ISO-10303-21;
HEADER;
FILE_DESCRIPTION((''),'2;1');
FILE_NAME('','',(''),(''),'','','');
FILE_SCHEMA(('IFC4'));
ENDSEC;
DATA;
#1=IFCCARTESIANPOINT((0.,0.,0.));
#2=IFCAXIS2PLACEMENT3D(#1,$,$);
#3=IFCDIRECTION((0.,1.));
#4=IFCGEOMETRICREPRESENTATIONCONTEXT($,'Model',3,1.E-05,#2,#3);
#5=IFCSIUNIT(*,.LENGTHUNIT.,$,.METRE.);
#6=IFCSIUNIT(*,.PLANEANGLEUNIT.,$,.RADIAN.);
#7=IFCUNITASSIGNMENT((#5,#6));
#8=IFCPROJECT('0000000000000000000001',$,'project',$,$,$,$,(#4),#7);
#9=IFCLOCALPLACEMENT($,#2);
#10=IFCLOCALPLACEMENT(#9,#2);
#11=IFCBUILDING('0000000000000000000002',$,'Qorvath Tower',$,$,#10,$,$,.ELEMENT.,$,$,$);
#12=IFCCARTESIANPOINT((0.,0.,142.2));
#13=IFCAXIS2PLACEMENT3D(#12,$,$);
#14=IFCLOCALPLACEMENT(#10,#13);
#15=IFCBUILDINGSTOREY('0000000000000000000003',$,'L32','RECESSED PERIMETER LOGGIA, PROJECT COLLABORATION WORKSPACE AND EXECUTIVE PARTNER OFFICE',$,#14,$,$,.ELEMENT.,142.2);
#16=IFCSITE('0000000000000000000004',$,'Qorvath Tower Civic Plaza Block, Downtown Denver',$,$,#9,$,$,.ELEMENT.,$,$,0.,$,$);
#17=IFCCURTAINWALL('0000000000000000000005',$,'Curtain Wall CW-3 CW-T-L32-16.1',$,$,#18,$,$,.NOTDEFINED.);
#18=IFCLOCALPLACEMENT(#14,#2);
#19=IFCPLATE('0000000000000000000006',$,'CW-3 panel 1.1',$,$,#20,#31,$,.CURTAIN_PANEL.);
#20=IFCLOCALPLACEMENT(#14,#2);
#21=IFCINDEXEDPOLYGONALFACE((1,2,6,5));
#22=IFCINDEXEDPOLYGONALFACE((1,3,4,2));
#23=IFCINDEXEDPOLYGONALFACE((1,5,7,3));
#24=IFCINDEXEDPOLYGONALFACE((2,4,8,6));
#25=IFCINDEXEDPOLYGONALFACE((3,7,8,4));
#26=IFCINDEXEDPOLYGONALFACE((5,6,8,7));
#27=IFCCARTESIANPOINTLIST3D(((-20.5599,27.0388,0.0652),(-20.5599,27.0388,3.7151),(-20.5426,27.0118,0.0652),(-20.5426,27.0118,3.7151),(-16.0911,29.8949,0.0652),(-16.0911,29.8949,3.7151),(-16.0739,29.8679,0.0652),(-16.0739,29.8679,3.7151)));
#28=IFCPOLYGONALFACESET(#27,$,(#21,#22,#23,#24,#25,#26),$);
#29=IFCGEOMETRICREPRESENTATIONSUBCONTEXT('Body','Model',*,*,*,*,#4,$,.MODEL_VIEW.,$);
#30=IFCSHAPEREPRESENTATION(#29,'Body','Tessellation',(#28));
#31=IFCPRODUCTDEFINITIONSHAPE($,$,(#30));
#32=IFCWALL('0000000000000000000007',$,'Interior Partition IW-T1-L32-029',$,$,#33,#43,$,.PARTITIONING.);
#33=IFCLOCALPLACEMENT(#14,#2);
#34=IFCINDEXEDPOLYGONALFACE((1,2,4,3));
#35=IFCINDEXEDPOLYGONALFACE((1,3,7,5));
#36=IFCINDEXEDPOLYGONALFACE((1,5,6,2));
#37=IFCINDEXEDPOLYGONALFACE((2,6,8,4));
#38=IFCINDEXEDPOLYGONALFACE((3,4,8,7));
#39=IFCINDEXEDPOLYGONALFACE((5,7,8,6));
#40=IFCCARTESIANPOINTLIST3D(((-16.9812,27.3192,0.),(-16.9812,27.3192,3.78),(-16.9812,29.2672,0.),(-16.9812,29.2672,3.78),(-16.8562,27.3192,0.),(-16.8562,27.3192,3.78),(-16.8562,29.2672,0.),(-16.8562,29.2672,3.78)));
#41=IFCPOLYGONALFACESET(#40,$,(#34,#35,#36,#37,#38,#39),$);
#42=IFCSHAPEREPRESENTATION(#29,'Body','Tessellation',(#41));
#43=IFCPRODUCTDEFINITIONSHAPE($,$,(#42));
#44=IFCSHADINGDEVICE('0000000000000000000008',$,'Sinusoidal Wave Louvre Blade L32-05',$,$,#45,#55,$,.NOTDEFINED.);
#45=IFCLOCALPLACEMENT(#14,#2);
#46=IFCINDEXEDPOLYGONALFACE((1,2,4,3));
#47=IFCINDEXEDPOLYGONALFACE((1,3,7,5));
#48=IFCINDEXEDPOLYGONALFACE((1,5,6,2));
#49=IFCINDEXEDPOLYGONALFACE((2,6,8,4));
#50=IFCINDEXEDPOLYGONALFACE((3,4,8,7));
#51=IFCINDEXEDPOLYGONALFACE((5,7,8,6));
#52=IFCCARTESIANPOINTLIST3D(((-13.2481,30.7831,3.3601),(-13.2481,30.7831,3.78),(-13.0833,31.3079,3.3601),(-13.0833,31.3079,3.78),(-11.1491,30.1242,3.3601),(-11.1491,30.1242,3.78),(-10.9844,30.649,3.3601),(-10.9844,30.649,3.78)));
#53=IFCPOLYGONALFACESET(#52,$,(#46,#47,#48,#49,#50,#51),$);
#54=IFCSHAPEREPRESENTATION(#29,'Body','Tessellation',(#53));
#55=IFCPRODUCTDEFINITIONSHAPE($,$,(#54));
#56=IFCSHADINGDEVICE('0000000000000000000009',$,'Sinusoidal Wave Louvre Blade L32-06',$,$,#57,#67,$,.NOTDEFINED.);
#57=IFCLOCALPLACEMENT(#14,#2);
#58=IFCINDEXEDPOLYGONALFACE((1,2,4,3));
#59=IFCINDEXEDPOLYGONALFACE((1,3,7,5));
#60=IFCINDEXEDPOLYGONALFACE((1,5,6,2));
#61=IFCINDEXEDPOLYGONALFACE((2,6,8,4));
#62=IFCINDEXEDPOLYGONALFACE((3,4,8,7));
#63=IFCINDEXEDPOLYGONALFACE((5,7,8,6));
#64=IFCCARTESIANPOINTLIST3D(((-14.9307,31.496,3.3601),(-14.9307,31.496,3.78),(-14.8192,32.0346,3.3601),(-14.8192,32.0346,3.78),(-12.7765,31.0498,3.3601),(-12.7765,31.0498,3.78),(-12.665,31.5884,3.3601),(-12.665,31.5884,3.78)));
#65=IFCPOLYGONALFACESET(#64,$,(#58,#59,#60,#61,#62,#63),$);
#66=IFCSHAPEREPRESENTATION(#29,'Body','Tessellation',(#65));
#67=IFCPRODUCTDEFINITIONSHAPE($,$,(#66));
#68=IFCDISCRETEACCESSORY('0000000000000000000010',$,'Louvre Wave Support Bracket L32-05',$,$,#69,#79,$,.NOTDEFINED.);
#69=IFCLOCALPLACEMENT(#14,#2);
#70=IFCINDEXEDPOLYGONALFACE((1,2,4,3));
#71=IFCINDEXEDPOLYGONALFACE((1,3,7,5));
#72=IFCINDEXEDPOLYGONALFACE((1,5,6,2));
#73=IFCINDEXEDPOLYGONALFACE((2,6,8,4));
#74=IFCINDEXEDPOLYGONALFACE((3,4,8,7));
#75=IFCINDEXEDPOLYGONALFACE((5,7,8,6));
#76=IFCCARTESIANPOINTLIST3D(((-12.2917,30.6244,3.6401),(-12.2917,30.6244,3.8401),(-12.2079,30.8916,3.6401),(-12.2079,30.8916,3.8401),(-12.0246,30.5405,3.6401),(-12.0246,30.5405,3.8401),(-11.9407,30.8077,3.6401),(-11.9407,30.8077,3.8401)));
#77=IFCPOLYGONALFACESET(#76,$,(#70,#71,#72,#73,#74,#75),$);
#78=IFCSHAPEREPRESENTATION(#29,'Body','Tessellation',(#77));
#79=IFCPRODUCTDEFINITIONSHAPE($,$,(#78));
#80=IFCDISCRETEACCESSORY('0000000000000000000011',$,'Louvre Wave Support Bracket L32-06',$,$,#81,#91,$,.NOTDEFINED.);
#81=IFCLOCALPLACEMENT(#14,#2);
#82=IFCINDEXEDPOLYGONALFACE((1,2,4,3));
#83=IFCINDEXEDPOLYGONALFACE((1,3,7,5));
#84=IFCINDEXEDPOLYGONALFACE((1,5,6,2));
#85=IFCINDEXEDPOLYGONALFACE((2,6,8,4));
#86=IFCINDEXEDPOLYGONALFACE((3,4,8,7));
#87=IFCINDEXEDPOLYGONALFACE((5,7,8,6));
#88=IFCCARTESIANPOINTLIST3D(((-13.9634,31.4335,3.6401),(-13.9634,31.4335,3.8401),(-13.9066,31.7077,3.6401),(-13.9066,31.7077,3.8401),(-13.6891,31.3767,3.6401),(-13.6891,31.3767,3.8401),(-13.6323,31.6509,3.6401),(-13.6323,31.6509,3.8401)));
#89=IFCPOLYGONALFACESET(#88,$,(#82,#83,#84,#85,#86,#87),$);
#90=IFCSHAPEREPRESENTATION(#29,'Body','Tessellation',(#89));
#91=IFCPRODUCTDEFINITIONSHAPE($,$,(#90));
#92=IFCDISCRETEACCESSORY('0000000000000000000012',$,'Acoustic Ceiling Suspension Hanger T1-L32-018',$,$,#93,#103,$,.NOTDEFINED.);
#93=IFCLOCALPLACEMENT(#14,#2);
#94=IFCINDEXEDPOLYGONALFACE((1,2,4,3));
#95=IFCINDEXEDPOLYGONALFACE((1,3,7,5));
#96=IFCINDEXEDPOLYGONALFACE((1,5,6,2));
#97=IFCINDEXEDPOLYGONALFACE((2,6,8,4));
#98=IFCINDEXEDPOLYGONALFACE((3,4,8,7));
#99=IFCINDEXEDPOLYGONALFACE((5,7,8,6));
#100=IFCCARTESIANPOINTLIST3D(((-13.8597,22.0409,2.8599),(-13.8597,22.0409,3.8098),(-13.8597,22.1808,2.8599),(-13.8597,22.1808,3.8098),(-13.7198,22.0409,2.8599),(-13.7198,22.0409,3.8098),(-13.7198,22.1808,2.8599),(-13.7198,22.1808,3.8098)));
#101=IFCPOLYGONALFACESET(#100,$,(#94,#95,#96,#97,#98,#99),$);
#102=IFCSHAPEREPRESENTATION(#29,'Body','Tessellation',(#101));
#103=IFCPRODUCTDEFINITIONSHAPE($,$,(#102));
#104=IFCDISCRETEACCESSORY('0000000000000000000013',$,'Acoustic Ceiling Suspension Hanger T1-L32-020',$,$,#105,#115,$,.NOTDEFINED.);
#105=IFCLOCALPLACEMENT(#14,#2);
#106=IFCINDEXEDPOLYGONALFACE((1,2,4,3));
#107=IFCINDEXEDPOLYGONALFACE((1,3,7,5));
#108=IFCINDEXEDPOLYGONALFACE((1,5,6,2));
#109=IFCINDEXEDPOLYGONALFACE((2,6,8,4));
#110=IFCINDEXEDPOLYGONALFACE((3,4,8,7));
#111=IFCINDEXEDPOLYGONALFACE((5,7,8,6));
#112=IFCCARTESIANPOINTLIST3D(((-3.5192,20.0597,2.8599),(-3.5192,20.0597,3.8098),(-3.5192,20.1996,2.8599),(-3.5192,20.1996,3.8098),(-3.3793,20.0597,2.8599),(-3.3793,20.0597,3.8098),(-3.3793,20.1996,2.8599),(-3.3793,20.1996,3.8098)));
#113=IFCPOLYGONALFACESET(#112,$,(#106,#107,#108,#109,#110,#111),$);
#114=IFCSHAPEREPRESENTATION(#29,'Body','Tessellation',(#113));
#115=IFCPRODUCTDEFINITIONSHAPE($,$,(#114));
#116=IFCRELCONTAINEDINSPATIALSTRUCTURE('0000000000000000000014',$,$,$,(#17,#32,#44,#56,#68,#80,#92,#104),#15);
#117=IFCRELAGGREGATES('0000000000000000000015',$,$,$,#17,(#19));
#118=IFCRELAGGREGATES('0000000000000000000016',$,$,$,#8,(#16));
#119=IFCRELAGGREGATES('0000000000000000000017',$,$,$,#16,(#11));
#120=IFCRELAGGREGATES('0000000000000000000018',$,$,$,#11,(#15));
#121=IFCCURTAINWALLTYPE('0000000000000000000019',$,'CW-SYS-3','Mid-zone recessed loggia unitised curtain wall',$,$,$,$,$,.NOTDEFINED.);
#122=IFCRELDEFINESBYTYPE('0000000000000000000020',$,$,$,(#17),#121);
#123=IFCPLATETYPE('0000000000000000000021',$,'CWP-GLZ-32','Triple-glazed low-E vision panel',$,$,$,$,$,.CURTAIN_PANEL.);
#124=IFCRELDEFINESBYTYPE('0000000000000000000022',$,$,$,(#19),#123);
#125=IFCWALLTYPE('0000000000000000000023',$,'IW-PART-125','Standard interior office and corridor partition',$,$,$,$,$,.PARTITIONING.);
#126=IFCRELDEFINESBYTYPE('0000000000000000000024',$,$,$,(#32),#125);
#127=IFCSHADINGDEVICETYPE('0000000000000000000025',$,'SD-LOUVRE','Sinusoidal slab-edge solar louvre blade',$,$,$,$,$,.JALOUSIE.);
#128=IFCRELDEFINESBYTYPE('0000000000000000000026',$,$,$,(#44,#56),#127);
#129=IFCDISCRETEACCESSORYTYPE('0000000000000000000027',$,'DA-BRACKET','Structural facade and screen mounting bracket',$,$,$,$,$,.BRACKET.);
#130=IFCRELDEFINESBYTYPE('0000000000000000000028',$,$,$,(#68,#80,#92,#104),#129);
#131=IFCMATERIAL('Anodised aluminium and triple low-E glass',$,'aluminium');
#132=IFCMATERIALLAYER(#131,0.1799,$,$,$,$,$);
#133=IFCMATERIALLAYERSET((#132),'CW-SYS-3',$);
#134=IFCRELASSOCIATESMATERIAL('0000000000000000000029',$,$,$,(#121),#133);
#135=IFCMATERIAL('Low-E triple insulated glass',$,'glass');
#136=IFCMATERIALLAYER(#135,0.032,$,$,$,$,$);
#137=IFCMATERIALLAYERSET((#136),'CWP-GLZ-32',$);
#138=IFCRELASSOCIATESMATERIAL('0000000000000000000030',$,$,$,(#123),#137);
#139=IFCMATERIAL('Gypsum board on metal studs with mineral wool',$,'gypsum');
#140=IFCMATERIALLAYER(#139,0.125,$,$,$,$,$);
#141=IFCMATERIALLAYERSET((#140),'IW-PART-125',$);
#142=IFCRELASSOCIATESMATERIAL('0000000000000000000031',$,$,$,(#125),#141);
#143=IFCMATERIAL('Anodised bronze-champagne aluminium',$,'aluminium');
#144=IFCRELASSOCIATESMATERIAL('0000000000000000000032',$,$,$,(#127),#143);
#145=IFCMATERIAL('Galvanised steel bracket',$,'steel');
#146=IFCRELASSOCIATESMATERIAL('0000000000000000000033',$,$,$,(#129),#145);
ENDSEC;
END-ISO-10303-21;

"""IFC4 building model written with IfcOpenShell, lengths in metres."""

from ifc_helpers import new_model, si_unit, direction, frame, frame_2d, origin, origin_2d, place, context, subcontext, project, spatial, rectangle, extrude, material, layer, layer_set, type_object, element, aggregate, save


model = new_model("IFC4")

# Units and contexts
model_context = context("Model", 3, precision=1e-05, world=origin(), true_north=direction((0.0, 1.0)))
body_context = subcontext(model_context, "Body", "Model", "MODEL_VIEW")
ifc_project = project(units=[si_unit("LENGTHUNIT", "METRE"), si_unit("PLANEANGLEUNIT", "RADIAN")], contexts=[model_context])

# Site, building, storey
site_placement = place(None, origin())
site = spatial("IfcSite", under=ifc_project, at=site_placement, Name="Qorvath Tower Civic Plaza Block, Downtown Denver", CompositionType="ELEMENT", RefElevation=0.0)
building_placement = place(site_placement, origin())
building = spatial("IfcBuilding", under=site, at=building_placement, Name="Qorvath Tower", CompositionType="ELEMENT")
storey_placement = place(building_placement, frame((0.0, 0.0, 142.2)))
storey = spatial("IfcBuildingStorey", under=building, at=storey_placement, Name="L32", Description="RECESSED PERIMETER LOGGIA, PROJECT COLLABORATION WORKSPACE AND EXECUTIVE PARTNER OFFICE", CompositionType="ELEMENT", Elevation=142.2)

# Shared definitions
ifc_material_1 = material(Name="Anodised aluminium and triple low-E glass", Category="aluminium")
ifc_layer_1 = layer(ifc_material_1, 0.1799)
ifc_layer_set_1 = layer_set([ifc_layer_1], Name="CW-SYS-3")
curtain_wall_type = type_object("IfcCurtainWallType", Name="CW-SYS-3", Description="Mid-zone recessed loggia unitised curtain wall", PredefinedType="NOTDEFINED", material=ifc_layer_set_1)

# Curtain wall
curtain_wall_1_placement = place(storey_placement, origin())
curtain_wall_1 = element("IfcCurtainWall", 1, at=curtain_wall_1_placement, inside=storey, type_object=curtain_wall_type, Name="Curtain Wall CW-3 CW-T-L32-16.1", PredefinedType="NOTDEFINED")

# Plate
ifc_material_2 = material(Name="Low-E triple insulated glass", Category="glass")
ifc_layer_2 = layer(ifc_material_2, 0.032)
ifc_layer_set_2 = layer_set([ifc_layer_2], Name="CWP-GLZ-32")
plate_type = type_object("IfcPlateType", Name="CWP-GLZ-32", Description="Triple-glazed low-E vision panel", PredefinedType="CURTAIN_PANEL", material=ifc_layer_set_2)
plate_1_placement = place(storey_placement, frame((-18.3169, 28.4534, 0.0652), z_axis=(0.0, 0.0, 1.0), x_axis=(-0.842604, -0.538533, 0.0)))
plate_1 = element("IfcPlate", 2, at=plate_1_placement, type_object=plate_type, Name="CW-3 panel 1.1", PredefinedType="CURTAIN_PANEL", context=body_context, shape_type="SweptSolid", body=[
    extrude(rectangle(XDim=5.3035, YDim=0.032, at=origin_2d()), origin(), (0.0, 0.0, 1.0), 3.6499),
])
aggregate(curtain_wall_1, [plate_1])

# Wall
ifc_material_3 = material(Name="Gypsum board on metal studs with mineral wool", Category="gypsum")
ifc_layer_3 = layer(ifc_material_3, 0.125)
ifc_layer_set_3 = layer_set([ifc_layer_3], Name="IW-PART-125")
wall_type = type_object("IfcWallType", Name="IW-PART-125", Description="Standard interior office and corridor partition", PredefinedType="PARTITIONING", material=ifc_layer_set_3)
wall_placement = place(storey_placement, frame((-16.9187, 27.3191, 0.0), z_axis=(0.0, 0.0, 1.0), x_axis=(0.0, 1.0, 0.0)))
element("IfcWall", 3, at=wall_placement, inside=storey, type_object=wall_type, Name="Interior Partition IW-T1-L32-029", PredefinedType="PARTITIONING", context=body_context, shape_type="SweptSolid", body=[
    extrude(rectangle(XDim=1.948, YDim=0.125, at=frame_2d((0.9741, 0.0))), origin(), (0.0, 0.0, 1.0), 3.78),
])

# Shading devices
ifc_material_4 = material(Name="Anodised bronze-champagne aluminium", Category="aluminium")
shading_device_type = type_object("IfcShadingDeviceType", Name="SD-LOUVRE", Description="Sinusoidal slab-edge solar louvre blade", PredefinedType="JALOUSIE", material=ifc_material_4)
for number, where, z_axis, x_axis, name in (
    (4, (-12.1162, 30.7161, 3.3601), (0.0, 0.0, 1.0), (-0.954099, 0.29949, 0.0), "Sinusoidal Wave Louvre Blade L32-05"),
    (5, (-13.7979, 31.5422, 3.3601), (0.0, 0.0, 1.0), (-0.979215, 0.202823, 0.0), "Sinusoidal Wave Louvre Blade L32-06"),
):
    element("IfcShadingDevice", number, at=place(storey_placement, frame(where, z_axis=z_axis, x_axis=x_axis)), inside=storey, type_object=shading_device_type, Name=name, PredefinedType="NOTDEFINED", context=body_context, shape_type="SweptSolid", body=[
        extrude(rectangle(XDim=2.2, YDim=0.55, at=origin_2d()), origin(), (0.0, 0.0, 1.0), 0.4199),
    ])

# Discrete accessories
ifc_material_5 = material(Name="Galvanised steel bracket", Category="steel")
discrete_accessory_type = type_object("IfcDiscreteAccessoryType", Name="DA-BRACKET", Description="Structural facade and screen mounting bracket", PredefinedType="BRACKET", material=ifc_material_5)
for number, where, z_axis, x_axis, name in (
    (6, (-12.1162, 30.7161, 3.6401), (0.0, 0.0, 1.0), (-0.954099, 0.29949, 0.0), "Louvre Wave Support Bracket L32-05"),
    (7, (-13.7979, 31.5422, 3.6401), (0.0, 0.0, 1.0), (-0.979215, 0.202823, 0.0), "Louvre Wave Support Bracket L32-06"),
):
    element("IfcDiscreteAccessory", number, at=place(storey_placement, frame(where, z_axis=z_axis, x_axis=x_axis)), inside=storey, type_object=discrete_accessory_type, Name=name, PredefinedType="NOTDEFINED", context=body_context, shape_type="SweptSolid", body=[
        extrude(rectangle(XDim=0.28, YDim=0.28, at=origin_2d()), origin(), (0.0, 0.0, 1.0), 0.2),
    ])
for number, where, z_axis, x_axis, name in (
    (8, (-13.7898, 22.1108, 2.8599), (0.0, 0.0, 1.0), (1.0, 0.0, 0.0), "Acoustic Ceiling Suspension Hanger T1-L32-018"),
    (9, (-3.4492, 20.1296, 2.8599), (0.0, 0.0, 1.0), (1.0, 0.0, 0.0), "Acoustic Ceiling Suspension Hanger T1-L32-020"),
):
    element("IfcDiscreteAccessory", number, at=place(storey_placement, frame(where, z_axis=z_axis, x_axis=x_axis)), inside=storey, type_object=discrete_accessory_type, Name=name, PredefinedType="NOTDEFINED", context=body_context, shape_type="SweptSolid", body=[
        extrude(rectangle(XDim=0.1399, YDim=0.1399, at=origin_2d()), origin(), (0.0, 0.0, 1.0), 0.95),
    ])

save(model, "model.ifc")
